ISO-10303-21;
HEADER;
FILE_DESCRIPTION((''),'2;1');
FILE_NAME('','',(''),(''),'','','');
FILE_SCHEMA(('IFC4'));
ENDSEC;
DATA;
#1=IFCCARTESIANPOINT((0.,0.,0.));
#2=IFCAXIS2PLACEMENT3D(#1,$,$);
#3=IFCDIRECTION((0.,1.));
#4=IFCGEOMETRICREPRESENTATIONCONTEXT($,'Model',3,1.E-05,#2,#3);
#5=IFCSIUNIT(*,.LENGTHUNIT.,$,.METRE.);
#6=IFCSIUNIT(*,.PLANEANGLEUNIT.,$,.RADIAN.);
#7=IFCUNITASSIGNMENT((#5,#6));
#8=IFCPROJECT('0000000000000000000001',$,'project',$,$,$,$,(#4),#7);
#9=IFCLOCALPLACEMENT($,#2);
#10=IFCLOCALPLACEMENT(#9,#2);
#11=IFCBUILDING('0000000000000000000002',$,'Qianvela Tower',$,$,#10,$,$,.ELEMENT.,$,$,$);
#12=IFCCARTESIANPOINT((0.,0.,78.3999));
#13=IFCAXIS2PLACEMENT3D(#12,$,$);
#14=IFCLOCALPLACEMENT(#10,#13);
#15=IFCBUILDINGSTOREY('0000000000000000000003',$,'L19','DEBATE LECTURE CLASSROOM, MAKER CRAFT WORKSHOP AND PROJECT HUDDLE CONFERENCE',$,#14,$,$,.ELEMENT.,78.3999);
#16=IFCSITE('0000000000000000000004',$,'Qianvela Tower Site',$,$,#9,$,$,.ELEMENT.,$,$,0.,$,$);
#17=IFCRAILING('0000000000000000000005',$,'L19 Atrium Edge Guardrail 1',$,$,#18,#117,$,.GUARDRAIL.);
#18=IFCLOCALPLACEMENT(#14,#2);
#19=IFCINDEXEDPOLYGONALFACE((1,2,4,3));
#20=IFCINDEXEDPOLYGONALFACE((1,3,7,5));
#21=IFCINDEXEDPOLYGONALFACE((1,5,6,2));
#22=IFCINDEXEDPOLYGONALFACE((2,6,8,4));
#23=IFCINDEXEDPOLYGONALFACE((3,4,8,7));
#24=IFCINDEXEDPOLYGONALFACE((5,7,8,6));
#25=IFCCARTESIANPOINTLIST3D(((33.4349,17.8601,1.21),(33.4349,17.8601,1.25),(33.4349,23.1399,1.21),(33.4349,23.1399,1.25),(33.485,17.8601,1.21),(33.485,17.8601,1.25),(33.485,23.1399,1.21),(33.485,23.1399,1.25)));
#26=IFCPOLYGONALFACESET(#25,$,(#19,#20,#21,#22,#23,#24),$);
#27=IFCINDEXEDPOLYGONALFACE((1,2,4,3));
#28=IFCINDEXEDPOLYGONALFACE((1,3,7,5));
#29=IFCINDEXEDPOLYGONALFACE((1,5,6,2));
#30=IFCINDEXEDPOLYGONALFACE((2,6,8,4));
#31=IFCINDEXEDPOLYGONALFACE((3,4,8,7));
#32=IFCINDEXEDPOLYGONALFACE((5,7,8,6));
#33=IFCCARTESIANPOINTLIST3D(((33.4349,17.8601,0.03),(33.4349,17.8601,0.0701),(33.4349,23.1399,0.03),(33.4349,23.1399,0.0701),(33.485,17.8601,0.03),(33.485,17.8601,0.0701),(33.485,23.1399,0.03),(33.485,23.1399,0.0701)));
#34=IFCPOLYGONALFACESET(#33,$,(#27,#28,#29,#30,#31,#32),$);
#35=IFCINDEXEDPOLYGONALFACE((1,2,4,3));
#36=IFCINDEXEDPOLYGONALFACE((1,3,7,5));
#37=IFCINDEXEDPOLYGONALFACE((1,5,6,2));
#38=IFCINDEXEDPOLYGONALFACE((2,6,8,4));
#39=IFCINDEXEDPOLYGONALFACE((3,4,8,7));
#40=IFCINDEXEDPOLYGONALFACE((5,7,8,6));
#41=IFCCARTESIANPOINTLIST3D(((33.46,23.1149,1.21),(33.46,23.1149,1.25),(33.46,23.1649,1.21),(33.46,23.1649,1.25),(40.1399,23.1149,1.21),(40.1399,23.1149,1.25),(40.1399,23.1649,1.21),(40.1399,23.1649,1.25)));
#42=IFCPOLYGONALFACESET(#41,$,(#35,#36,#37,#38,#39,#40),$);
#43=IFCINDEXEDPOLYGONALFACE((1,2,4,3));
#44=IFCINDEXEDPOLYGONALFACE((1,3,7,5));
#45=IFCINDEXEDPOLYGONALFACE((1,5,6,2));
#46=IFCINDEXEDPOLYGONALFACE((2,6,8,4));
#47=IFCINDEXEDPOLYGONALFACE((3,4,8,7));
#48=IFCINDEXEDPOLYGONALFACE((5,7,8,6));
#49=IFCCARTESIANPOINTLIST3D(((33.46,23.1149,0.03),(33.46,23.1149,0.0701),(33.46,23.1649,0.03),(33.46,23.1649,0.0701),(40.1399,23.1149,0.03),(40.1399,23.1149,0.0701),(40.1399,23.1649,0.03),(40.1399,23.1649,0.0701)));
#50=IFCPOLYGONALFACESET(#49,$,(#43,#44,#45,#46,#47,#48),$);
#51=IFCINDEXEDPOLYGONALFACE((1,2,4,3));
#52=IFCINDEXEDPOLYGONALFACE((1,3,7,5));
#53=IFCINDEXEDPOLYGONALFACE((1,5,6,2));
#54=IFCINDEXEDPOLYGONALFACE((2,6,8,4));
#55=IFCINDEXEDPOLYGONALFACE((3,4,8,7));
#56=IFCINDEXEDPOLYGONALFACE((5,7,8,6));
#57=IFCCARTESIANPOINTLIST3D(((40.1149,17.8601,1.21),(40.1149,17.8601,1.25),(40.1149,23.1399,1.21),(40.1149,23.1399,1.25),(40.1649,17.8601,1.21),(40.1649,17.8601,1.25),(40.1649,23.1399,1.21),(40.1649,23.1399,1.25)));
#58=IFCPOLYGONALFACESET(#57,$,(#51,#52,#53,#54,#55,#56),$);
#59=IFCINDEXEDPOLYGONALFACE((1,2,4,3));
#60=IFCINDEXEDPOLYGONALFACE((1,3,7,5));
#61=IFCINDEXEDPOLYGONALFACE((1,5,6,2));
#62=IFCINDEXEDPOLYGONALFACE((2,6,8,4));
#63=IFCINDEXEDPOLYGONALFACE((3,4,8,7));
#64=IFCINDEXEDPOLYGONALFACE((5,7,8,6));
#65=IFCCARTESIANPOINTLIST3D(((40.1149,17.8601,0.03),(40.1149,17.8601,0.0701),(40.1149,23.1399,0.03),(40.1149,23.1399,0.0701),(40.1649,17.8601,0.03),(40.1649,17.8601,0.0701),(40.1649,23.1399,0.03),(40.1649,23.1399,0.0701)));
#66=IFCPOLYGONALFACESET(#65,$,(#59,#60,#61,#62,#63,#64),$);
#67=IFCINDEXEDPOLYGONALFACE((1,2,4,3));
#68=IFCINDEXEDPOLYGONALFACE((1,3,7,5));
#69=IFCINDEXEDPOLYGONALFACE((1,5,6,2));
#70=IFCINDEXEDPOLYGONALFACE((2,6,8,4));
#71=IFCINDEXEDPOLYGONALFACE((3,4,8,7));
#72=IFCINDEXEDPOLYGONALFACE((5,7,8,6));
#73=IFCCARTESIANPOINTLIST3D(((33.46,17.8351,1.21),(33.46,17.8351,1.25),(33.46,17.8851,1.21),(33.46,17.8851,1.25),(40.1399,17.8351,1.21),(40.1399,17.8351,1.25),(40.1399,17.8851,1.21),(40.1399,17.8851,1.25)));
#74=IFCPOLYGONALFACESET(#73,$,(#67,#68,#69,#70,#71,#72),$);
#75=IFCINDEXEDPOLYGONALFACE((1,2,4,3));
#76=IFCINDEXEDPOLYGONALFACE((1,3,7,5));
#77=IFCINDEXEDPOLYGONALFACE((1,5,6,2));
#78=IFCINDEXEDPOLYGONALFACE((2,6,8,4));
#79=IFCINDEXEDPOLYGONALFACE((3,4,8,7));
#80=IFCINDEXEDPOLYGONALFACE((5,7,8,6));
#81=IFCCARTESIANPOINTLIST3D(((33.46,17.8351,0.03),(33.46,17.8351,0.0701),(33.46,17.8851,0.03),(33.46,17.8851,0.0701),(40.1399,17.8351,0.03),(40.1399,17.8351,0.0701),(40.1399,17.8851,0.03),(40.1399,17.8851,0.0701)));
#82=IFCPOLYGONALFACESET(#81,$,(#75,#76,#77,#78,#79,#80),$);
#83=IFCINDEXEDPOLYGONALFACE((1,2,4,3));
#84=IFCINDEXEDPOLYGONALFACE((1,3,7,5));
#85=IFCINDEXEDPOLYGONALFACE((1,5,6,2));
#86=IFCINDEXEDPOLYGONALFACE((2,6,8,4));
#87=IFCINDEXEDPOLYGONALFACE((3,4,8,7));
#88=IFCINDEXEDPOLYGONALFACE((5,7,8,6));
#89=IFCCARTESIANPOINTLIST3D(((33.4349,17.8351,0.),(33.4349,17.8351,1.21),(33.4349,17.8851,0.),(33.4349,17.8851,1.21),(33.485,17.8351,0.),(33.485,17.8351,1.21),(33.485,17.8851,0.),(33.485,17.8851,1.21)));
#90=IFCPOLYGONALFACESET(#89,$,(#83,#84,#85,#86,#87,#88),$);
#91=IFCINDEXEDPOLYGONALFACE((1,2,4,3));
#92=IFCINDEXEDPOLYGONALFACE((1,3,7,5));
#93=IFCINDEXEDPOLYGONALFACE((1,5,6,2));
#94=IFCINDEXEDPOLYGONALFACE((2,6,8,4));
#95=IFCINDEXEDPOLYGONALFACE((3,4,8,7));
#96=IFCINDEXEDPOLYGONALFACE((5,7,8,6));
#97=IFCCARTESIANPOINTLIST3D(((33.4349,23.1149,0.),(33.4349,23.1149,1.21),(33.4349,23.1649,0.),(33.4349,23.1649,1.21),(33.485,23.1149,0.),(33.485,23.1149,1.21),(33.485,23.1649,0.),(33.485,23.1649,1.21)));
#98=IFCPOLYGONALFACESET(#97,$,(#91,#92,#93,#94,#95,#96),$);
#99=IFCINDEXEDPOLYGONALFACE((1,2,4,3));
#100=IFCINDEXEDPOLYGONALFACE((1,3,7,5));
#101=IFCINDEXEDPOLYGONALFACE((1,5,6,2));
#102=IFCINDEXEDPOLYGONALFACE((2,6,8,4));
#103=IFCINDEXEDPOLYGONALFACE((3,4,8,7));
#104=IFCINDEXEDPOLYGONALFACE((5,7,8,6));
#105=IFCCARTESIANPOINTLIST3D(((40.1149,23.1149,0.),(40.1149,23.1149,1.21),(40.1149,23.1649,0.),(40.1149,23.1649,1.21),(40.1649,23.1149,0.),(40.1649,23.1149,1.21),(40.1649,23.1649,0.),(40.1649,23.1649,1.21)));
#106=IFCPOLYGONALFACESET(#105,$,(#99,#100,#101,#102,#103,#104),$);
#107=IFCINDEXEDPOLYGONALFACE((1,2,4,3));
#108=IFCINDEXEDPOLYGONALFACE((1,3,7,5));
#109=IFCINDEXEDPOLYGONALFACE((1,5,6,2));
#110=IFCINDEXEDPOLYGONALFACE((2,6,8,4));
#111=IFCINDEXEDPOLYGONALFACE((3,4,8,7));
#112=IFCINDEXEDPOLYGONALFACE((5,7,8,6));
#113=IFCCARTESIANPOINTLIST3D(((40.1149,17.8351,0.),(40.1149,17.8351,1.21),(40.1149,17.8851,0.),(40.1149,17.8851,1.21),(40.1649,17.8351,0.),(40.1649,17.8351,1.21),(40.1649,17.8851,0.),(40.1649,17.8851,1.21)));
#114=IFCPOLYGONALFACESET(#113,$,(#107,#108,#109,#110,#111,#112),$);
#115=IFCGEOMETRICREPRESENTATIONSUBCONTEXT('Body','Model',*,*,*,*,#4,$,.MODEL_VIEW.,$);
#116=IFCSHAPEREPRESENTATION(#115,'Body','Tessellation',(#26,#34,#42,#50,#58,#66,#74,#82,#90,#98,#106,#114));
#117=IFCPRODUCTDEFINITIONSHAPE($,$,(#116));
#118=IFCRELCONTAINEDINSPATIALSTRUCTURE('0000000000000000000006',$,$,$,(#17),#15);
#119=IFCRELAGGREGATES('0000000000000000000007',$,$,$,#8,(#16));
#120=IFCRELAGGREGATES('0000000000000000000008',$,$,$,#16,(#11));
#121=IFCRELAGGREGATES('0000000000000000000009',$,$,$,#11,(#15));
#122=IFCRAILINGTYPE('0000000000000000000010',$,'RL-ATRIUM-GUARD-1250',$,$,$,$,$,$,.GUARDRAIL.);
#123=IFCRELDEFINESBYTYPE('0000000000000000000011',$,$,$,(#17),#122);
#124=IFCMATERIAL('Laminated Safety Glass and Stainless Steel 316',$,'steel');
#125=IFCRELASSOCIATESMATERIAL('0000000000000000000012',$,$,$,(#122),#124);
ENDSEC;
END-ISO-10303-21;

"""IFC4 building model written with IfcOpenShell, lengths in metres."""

from ifc_helpers import new_model, si_unit, direction, frame, origin, origin_2d, place, context, subcontext, project, spatial, rectangle, extrude, material, type_object, element, save


model = new_model("IFC4")

# Units and contexts
model_context = context("Model", 3, precision=1e-05, world=origin(), true_north=direction((0.0, 1.0)))
body_context = subcontext(model_context, "Body", "Model", "MODEL_VIEW")
ifc_project = project(units=[si_unit("LENGTHUNIT", "METRE"), si_unit("PLANEANGLEUNIT", "RADIAN")], contexts=[model_context])

# Site, building, storey
site_placement = place(None, origin())
site = spatial("IfcSite", under=ifc_project, at=site_placement, Name="Qianvela Tower Site", CompositionType="ELEMENT", RefElevation=0.0)
building_placement = place(site_placement, origin())
building = spatial("IfcBuilding", under=site, at=building_placement, Name="Qianvela Tower", CompositionType="ELEMENT")
storey_placement = place(building_placement, frame((0.0, 0.0, 78.3999)))
storey = spatial("IfcBuildingStorey", under=building, at=storey_placement, Name="L19", Description="DEBATE LECTURE CLASSROOM, MAKER CRAFT WORKSHOP AND PROJECT HUDDLE CONFERENCE", CompositionType="ELEMENT", Elevation=78.3999)

# Railing
ifc_material_1 = material(Name="Laminated Safety Glass and Stainless Steel 316", Category="steel")
railing_type = type_object("IfcRailingType", Name="RL-ATRIUM-GUARD-1250", PredefinedType="GUARDRAIL", material=ifc_material_1)
railing_placement = place(storey_placement, frame((33.46, 17.8601, 0.0)))
element("IfcRailing", 1, at=railing_placement, inside=storey, type_object=railing_type, Name="L19 Atrium Edge Guardrail 1", PredefinedType="GUARDRAIL", context=body_context, shape_type="SweptSolid", body=[
    extrude(rectangle(XDim=0.05, YDim=0.04, at=origin_2d()), frame((0.0, 0.0, 1.23), z_axis=(0.0, 1.0, 0.0), x_axis=(-1.0, 0.0, 0.0)), (0.0, 0.0, 1.0), 5.2798),
    extrude(rectangle(XDim=0.05, YDim=0.04, at=origin_2d()), frame((0.0, 0.0, 0.05), z_axis=(0.0, 1.0, 0.0), x_axis=(-1.0, 0.0, 0.0)), (0.0, 0.0, 1.0), 5.2798),
    extrude(rectangle(XDim=0.05, YDim=0.04, at=origin_2d()), frame((0.0, 5.2798, 1.23), z_axis=(1.0, 0.0, 0.0), x_axis=(0.0, 1.0, 0.0)), (0.0, 0.0, 1.0), 6.6799),
    extrude(rectangle(XDim=0.05, YDim=0.04, at=origin_2d()), frame((0.0, 5.2798, 0.05), z_axis=(1.0, 0.0, 0.0), x_axis=(0.0, 1.0, 0.0)), (0.0, 0.0, 1.0), 6.6799),
    extrude(rectangle(XDim=0.05, YDim=0.04, at=origin_2d()), frame((6.6799, 5.2798, 1.23), z_axis=(0.0, -1.0, 0.0), x_axis=(1.0, 0.0, 0.0)), (0.0, 0.0, 1.0), 5.2798),
    extrude(rectangle(XDim=0.05, YDim=0.04, at=origin_2d()), frame((6.6799, 5.2798, 0.05), z_axis=(0.0, -1.0, 0.0), x_axis=(1.0, 0.0, 0.0)), (0.0, 0.0, 1.0), 5.2798),
    extrude(rectangle(XDim=0.05, YDim=0.04, at=origin_2d()), frame((6.6799, 0.0, 1.23), z_axis=(-1.0, 0.0, 0.0), x_axis=(0.0, -1.0, 0.0)), (0.0, 0.0, 1.0), 6.6799),
    extrude(rectangle(XDim=0.05, YDim=0.04, at=origin_2d()), frame((6.6799, 0.0, 0.05), z_axis=(-1.0, 0.0, 0.0), x_axis=(0.0, -1.0, 0.0)), (0.0, 0.0, 1.0), 6.6799),
    extrude(rectangle(XDim=0.05, YDim=0.05, at=origin_2d()), origin(), (0.0, 0.0, 1.0), 1.21),
    extrude(rectangle(XDim=0.05, YDim=0.05, at=origin_2d()), frame((0.0, 5.2798, 0.0)), (0.0, 0.0, 1.0), 1.21),
    extrude(rectangle(XDim=0.05, YDim=0.05, at=origin_2d()), frame((6.6799, 5.2798, 0.0)), (0.0, 0.0, 1.0), 1.21),
    extrude(rectangle(XDim=0.05, YDim=0.05, at=origin_2d()), frame((6.6799, 0.0, 0.0)), (0.0, 0.0, 1.0), 1.21),
])

save(model, "model.ifc")
